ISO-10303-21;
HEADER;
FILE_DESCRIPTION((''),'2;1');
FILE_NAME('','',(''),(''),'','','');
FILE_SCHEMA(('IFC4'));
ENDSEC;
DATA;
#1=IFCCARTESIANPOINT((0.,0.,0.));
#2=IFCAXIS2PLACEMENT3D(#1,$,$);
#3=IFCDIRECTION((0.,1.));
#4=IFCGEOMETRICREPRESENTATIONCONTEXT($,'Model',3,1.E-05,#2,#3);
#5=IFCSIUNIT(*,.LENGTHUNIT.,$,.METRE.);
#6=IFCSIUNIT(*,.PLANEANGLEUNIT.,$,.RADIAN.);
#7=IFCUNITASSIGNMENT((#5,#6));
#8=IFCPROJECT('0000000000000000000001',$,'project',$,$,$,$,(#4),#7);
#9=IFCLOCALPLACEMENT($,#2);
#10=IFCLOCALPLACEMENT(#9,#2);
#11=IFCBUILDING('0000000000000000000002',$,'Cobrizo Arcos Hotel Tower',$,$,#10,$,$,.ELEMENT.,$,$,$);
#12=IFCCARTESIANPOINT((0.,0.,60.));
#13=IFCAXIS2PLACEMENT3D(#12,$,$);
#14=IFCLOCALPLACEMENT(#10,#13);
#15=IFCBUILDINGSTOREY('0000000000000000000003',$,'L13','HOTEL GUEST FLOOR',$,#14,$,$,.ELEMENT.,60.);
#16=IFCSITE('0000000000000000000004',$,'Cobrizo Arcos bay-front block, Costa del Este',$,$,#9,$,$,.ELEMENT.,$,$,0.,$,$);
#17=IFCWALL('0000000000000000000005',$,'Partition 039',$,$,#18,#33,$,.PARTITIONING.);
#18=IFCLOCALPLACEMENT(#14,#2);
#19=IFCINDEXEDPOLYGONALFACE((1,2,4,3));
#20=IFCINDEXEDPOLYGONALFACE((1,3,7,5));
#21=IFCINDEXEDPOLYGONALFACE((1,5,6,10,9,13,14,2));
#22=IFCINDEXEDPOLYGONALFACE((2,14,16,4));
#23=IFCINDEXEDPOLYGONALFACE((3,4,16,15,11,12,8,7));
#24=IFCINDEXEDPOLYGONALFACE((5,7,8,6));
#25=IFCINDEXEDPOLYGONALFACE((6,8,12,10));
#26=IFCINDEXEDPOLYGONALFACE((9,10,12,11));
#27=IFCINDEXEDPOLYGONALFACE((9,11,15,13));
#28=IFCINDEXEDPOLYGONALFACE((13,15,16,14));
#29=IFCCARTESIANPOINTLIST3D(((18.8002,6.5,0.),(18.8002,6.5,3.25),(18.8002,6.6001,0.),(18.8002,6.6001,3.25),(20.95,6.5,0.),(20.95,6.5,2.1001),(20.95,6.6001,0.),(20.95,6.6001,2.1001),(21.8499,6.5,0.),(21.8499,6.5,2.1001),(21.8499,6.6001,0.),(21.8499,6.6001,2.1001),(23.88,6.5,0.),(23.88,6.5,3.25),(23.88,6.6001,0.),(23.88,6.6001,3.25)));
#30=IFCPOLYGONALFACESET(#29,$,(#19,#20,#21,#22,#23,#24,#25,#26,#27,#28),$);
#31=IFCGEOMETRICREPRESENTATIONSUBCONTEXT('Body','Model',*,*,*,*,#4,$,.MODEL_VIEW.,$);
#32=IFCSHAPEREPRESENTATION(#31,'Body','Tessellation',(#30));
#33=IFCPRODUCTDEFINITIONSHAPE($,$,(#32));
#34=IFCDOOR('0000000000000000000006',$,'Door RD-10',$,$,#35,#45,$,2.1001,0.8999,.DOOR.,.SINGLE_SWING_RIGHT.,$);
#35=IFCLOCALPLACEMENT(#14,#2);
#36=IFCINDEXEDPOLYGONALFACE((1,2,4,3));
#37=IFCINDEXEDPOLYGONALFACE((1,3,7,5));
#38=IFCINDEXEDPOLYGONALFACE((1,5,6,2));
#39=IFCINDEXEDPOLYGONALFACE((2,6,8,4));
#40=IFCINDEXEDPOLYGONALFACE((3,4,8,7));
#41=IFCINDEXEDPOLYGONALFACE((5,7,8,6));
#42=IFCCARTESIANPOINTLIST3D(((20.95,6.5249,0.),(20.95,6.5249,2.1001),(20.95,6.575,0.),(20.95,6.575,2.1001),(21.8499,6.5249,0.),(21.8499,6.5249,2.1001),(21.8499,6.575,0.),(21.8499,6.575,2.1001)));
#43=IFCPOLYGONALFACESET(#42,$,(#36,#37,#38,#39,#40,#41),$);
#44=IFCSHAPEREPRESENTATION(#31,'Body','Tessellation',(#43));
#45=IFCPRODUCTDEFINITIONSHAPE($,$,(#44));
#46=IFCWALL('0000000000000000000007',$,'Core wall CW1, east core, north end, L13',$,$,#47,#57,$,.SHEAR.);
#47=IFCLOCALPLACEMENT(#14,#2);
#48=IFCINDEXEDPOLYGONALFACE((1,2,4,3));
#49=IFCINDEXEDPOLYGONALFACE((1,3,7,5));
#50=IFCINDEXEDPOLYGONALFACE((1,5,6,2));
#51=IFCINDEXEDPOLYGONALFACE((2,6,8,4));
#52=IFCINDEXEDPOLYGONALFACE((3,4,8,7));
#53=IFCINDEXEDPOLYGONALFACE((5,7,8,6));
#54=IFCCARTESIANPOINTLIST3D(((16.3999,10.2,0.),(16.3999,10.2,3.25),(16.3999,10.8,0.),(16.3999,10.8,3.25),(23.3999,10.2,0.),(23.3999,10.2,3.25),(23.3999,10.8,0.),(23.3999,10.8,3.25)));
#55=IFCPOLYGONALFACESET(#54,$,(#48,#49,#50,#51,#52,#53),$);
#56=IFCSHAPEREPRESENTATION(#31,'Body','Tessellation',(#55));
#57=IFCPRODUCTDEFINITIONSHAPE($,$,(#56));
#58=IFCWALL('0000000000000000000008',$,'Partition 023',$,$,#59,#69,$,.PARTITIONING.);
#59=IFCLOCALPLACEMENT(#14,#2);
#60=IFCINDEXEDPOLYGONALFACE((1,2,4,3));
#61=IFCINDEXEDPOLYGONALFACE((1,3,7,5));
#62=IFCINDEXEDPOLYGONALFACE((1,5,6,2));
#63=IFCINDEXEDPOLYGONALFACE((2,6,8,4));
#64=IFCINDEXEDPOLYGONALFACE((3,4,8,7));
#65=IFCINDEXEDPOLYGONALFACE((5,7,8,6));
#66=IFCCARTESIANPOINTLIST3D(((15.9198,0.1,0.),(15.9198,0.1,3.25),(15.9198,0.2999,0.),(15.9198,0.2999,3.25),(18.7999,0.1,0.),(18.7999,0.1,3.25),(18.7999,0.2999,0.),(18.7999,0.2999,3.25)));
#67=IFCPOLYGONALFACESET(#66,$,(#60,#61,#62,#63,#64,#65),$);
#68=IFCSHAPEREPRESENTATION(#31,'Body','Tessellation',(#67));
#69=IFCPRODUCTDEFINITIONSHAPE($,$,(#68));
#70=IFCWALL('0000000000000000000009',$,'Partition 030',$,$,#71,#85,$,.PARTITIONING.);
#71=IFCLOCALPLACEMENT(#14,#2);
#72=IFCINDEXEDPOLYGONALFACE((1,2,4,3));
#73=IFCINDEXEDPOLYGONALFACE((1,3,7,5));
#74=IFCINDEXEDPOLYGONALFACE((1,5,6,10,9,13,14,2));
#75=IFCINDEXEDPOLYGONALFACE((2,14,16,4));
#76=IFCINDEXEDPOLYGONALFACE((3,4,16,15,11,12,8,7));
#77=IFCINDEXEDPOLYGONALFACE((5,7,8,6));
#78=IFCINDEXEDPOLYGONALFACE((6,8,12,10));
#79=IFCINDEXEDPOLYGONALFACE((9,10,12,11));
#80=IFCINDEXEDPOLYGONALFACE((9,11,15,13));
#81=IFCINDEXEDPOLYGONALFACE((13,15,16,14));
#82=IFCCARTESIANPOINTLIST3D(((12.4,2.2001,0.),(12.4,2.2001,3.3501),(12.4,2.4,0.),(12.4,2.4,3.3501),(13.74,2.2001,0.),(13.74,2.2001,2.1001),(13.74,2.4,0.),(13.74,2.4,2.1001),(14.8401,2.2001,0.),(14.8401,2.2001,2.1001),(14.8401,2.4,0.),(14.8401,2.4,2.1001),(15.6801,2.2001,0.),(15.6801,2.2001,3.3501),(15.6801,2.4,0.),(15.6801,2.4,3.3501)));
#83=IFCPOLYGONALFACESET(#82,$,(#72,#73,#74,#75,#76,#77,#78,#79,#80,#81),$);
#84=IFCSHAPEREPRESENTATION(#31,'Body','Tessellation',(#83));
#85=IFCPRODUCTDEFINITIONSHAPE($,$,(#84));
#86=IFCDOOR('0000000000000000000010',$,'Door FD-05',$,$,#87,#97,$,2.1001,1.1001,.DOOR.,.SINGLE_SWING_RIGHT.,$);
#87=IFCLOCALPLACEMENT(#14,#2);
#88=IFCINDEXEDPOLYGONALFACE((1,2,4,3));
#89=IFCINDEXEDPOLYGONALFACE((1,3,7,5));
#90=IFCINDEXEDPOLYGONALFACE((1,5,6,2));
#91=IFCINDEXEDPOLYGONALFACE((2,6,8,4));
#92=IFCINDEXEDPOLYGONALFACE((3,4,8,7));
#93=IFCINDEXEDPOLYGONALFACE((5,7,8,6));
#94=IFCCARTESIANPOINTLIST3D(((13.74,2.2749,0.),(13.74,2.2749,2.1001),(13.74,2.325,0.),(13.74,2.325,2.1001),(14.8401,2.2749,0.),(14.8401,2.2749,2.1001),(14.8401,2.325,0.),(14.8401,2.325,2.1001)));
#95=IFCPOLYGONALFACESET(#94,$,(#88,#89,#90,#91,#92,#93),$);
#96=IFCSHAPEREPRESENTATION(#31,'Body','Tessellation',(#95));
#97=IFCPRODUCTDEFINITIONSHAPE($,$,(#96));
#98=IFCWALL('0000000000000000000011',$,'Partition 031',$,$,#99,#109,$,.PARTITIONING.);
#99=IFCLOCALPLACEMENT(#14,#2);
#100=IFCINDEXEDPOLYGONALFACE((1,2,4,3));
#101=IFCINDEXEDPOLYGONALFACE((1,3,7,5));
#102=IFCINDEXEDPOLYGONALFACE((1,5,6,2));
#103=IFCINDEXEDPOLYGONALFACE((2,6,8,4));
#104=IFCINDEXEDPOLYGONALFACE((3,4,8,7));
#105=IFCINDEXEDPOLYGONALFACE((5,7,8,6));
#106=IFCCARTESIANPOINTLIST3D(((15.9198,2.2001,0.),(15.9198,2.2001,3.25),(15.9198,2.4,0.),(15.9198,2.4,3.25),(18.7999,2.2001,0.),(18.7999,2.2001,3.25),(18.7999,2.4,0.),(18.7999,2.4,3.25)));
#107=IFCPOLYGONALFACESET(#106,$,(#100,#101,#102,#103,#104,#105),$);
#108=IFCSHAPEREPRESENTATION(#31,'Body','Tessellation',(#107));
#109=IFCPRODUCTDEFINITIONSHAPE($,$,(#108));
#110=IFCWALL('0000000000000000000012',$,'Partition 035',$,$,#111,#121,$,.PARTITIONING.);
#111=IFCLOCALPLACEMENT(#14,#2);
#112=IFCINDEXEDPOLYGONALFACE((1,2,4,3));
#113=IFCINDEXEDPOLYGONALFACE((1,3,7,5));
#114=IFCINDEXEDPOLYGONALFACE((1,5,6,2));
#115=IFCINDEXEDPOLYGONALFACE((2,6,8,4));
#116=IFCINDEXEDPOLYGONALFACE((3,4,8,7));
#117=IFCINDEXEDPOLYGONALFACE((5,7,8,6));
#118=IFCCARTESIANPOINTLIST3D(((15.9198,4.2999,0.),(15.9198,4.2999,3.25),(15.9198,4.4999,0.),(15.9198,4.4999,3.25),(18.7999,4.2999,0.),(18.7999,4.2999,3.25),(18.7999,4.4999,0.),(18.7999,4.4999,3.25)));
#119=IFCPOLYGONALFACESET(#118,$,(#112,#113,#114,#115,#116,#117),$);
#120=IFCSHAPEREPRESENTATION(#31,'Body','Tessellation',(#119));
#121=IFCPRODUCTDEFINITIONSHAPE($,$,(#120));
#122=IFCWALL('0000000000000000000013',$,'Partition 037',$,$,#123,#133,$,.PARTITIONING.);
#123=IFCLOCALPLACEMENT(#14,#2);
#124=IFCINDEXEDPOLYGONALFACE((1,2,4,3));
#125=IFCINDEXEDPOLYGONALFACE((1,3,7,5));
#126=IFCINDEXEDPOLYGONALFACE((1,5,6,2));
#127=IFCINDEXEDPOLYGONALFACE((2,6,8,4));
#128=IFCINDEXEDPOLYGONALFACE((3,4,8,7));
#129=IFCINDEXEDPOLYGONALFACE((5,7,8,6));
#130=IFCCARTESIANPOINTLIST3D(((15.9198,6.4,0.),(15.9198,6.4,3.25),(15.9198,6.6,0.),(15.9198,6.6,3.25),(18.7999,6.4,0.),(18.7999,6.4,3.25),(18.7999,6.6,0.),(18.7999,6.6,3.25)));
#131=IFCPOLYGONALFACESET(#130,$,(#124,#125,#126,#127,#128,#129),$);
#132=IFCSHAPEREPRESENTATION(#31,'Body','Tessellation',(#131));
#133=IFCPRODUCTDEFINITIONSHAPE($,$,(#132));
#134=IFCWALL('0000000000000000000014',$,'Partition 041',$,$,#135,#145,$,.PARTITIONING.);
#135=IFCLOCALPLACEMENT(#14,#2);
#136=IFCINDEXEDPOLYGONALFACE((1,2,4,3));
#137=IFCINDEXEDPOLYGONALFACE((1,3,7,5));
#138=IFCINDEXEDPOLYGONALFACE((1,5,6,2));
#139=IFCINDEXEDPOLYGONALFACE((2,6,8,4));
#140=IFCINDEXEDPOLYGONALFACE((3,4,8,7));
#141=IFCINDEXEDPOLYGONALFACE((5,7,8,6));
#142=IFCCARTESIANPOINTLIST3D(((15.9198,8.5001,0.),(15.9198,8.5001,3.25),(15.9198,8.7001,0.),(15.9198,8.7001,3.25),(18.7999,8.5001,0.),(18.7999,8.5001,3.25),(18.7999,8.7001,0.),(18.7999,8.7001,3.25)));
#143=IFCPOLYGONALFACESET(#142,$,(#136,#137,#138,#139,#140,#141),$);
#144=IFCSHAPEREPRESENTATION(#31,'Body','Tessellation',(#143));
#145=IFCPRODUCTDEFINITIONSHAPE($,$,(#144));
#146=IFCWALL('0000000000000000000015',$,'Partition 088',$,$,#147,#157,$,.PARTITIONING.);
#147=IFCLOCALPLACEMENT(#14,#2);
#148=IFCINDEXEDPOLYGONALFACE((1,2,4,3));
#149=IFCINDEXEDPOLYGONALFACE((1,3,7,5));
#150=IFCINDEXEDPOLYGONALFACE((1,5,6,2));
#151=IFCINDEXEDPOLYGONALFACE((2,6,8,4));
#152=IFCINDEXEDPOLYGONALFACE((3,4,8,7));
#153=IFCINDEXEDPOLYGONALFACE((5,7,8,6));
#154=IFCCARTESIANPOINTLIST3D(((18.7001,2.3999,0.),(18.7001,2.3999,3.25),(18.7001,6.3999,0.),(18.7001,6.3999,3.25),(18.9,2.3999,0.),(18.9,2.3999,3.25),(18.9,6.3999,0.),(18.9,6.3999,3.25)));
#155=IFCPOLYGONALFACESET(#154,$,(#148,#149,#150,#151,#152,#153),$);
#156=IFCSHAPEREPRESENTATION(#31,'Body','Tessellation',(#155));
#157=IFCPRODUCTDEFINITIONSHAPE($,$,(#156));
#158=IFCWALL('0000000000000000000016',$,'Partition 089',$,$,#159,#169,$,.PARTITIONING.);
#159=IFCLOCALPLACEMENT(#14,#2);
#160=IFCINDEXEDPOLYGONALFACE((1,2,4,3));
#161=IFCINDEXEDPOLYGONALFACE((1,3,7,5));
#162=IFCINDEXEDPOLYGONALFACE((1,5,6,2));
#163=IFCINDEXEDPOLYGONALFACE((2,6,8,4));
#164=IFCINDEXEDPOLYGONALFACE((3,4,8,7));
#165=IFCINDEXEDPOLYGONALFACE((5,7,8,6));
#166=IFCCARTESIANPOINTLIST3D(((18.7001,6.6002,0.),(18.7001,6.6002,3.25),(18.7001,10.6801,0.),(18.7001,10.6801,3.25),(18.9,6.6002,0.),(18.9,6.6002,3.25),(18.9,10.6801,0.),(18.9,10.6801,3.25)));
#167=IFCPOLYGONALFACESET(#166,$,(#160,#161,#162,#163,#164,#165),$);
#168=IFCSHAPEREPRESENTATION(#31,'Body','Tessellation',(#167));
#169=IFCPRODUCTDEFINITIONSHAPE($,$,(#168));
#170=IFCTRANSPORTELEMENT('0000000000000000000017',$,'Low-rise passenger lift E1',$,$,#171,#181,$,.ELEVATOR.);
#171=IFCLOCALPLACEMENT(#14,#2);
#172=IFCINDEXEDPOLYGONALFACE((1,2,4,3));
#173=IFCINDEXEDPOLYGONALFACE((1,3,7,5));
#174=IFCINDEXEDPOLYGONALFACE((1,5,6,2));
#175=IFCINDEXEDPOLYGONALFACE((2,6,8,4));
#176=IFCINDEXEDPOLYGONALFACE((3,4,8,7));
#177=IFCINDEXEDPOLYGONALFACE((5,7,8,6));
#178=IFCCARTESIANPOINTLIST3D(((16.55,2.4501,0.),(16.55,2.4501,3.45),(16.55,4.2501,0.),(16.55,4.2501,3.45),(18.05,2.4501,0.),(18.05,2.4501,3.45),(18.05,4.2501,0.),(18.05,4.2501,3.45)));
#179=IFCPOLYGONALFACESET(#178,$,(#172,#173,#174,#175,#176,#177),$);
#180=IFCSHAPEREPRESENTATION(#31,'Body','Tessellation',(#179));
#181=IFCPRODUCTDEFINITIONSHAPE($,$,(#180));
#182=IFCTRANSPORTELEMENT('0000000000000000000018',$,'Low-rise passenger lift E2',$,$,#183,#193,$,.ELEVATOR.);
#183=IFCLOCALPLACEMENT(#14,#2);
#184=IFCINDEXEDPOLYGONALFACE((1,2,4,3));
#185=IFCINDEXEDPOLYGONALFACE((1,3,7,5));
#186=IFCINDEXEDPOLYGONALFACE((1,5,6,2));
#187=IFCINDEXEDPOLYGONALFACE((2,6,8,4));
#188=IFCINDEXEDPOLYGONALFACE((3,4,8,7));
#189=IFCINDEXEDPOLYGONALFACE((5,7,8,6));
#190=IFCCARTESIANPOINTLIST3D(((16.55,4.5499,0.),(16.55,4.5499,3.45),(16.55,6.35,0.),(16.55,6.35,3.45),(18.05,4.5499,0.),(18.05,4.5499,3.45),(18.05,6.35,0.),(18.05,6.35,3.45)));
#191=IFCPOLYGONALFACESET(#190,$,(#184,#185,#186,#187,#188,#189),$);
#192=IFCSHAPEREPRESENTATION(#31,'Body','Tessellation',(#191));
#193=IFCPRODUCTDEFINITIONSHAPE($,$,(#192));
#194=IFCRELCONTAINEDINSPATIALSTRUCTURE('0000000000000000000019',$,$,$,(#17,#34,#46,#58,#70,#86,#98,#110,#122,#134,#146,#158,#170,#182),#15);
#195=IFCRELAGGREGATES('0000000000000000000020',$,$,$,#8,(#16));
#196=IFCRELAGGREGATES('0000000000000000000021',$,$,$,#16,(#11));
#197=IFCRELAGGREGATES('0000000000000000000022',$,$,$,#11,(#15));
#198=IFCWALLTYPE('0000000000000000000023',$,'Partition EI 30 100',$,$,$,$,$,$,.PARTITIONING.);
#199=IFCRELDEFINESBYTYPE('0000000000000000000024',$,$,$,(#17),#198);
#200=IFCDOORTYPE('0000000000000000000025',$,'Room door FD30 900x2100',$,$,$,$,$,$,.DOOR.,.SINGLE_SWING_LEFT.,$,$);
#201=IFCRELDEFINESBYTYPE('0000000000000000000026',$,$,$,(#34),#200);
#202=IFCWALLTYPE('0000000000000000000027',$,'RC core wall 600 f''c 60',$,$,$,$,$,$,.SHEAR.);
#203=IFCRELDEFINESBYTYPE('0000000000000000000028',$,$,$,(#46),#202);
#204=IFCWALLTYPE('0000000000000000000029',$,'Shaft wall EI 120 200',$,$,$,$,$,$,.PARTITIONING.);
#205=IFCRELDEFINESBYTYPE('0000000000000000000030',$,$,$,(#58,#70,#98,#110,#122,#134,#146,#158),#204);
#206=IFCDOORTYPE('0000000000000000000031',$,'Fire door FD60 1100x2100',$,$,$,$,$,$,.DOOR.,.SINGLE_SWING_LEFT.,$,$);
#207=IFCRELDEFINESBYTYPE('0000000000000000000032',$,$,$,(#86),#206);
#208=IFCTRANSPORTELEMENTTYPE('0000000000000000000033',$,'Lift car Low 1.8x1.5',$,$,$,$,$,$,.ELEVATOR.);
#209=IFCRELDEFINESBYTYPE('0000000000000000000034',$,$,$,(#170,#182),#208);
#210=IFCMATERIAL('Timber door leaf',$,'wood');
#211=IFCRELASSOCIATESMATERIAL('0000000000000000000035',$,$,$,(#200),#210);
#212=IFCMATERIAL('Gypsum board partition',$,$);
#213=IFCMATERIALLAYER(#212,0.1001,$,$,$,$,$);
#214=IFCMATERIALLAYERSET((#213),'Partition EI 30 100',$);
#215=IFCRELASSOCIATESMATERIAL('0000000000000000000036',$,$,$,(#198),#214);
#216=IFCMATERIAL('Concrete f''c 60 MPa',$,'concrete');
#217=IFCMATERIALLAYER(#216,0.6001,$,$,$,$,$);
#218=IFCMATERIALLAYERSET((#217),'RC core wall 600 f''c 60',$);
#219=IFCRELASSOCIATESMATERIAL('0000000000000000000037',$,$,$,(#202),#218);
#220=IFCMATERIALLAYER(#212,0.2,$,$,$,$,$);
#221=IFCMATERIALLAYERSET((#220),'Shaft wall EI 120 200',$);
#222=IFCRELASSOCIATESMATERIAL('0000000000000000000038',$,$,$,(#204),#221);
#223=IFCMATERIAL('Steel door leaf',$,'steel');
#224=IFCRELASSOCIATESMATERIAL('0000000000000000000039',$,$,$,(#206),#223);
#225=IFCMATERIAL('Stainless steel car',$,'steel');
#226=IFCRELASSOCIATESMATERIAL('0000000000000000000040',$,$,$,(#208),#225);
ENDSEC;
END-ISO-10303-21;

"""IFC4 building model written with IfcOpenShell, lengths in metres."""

from ifc_helpers import new_model, si_unit, direction, frame, frame_2d, origin, origin_2d, place, context, subcontext, project, spatial, rectangle, extrude, material, layer, layer_set, type_object, element, fill, save


model = new_model("IFC4")

# Units and contexts
model_context = context("Model", 3, precision=1e-05, world=origin(), true_north=direction((0.0, 1.0)))
body_context = subcontext(model_context, "Body", "Model", "MODEL_VIEW")
ifc_project = project(units=[si_unit("LENGTHUNIT", "METRE"), si_unit("PLANEANGLEUNIT", "RADIAN")], contexts=[model_context])

# Site, building, storey
site_placement = place(None, origin())
site = spatial("IfcSite", under=ifc_project, at=site_placement, Name="Cobrizo Arcos bay-front block, Costa del Este", CompositionType="ELEMENT", RefElevation=0.0)
building_placement = place(site_placement, origin())
building = spatial("IfcBuilding", under=site, at=building_placement, Name="Cobrizo Arcos Hotel Tower", CompositionType="ELEMENT")
storey_placement = place(building_placement, frame((0.0, 0.0, 60.0)))
storey = spatial("IfcBuildingStorey", under=building, at=storey_placement, Name="L13", Description="HOTEL GUEST FLOOR", CompositionType="ELEMENT", Elevation=60.0)

# Shared definitions
ifc_material_1 = material(Name="Gypsum board partition")
ifc_material_2 = material(Name="Timber door leaf", Category="wood")
door_type_1 = type_object("IfcDoorType", Name="Room door FD30 900x2100", OperationType="SINGLE_SWING_LEFT", PredefinedType="DOOR", material=ifc_material_2)

# Wall, opening, door
ifc_layer_1 = layer(ifc_material_1, 0.1001)
ifc_layer_set_1 = layer_set([ifc_layer_1], Name="Partition EI 30 100")
wall_type_1 = type_object("IfcWallType", Name="Partition EI 30 100", PredefinedType="PARTITIONING", material=ifc_layer_set_1)
wall_1_placement = place(storey_placement, frame((18.8, 6.55, 0.0), z_axis=(0.0, 0.0, 1.0), x_axis=(1.0, 0.0, 0.0)))
wall_1 = element("IfcWall", 1, at=wall_1_placement, inside=storey, type_object=wall_type_1, Name="Partition 039", PredefinedType="PARTITIONING", context=body_context, shape_type="SweptSolid", body=[
    extrude(rectangle(XDim=5.0798, YDim=0.1001, at=frame_2d((2.54, 0.0))), origin(), (0.0, 0.0, 1.0), 3.25),
])
opening_1_placement = place(wall_1_placement, frame((2.1499, 0.0, 0.0)))
opening_1 = element("IfcOpeningElement", 2, at=opening_1_placement, cuts=wall_1, PredefinedType="OPENING", context=body_context, shape_type="SweptSolid", body=[
    extrude(rectangle(XDim=0.8999, YDim=2.1001, at=frame_2d((0.45, 1.05))), frame((0.0, 0.062, 0.0), z_axis=(0.0, -1.0, 0.0), x_axis=(1.0, 0.0, 0.0)), (0.0, 0.0, 1.0), 0.124),
])
door_1_placement = place(opening_1_placement, origin())
door_1 = element("IfcDoor", 3, at=door_1_placement, inside=storey, type_object=door_type_1, Name="Door RD-10", OperationType="SINGLE_SWING_RIGHT", OverallHeight=2.1001, OverallWidth=0.8999, PredefinedType="DOOR", context=body_context, shape_type="SweptSolid", body=[
    extrude(rectangle(XDim=0.8999, YDim=2.1001, at=frame_2d((0.45, 1.05))), frame((0.0, 0.0249, 0.0), z_axis=(0.0, -1.0, 0.0), x_axis=(1.0, 0.0, 0.0)), (0.0, 0.0, 1.0), 0.05),
])
fill(opening_1, door_1)

# Walls
ifc_material_3 = material(Name="Concrete f'c 60 MPa", Category="concrete")
ifc_layer_2 = layer(ifc_material_3, 0.6001)
ifc_layer_set_2 = layer_set([ifc_layer_2], Name="RC core wall 600 f'c 60")
wall_type_2 = type_object("IfcWallType", Name="RC core wall 600 f'c 60", PredefinedType="SHEAR", material=ifc_layer_set_2)
wall_2_placement = place(storey_placement, frame((16.3999, 10.5, 0.0), z_axis=(0.0, 0.0, 1.0), x_axis=(1.0, 0.0, 0.0)))
element("IfcWall", 4, at=wall_2_placement, inside=storey, type_object=wall_type_2, Name="Core wall CW1, east core, north end, L13", PredefinedType="SHEAR", context=body_context, shape_type="SweptSolid", body=[
    extrude(rectangle(XDim=7.0, YDim=0.6001, at=frame_2d((3.5, 0.0))), origin(), (0.0, 0.0, 1.0), 3.25),
])
ifc_layer_3 = layer(ifc_material_1, 0.2)
ifc_layer_set_3 = layer_set([ifc_layer_3], Name="Shaft wall EI 120 200")
wall_type_3 = type_object("IfcWallType", Name="Shaft wall EI 120 200", PredefinedType="PARTITIONING", material=ifc_layer_set_3)
wall_3_placement = place(storey_placement, frame((15.9199, 0.2, 0.0), z_axis=(0.0, 0.0, 1.0), x_axis=(1.0, 0.0, 0.0)))
element("IfcWall", 5, at=wall_3_placement, inside=storey, type_object=wall_type_3, Name="Partition 023", PredefinedType="PARTITIONING", context=body_context, shape_type="SweptSolid", body=[
    extrude(rectangle(XDim=2.8801, YDim=0.2, at=frame_2d((1.4399, 0.0))), origin(), (0.0, 0.0, 1.0), 3.25),
])

# Wall, opening, door
wall_4_placement = place(storey_placement, frame((12.3999, 2.3, 0.0), z_axis=(0.0, 0.0, 1.0), x_axis=(1.0, 0.0, 0.0)))
wall_4 = element("IfcWall", 6, at=wall_4_placement, inside=storey, type_object=wall_type_3, Name="Partition 030", PredefinedType="PARTITIONING", context=body_context, shape_type="SweptSolid", body=[
    extrude(rectangle(XDim=3.28, YDim=0.2, at=frame_2d((1.6401, 0.0))), origin(), (0.0, 0.0, 1.0), 3.3501),
])
opening_2_placement = place(wall_4_placement, frame((1.3401, 0.0, 0.0)))
opening_2 = element("IfcOpeningElement", 7, at=opening_2_placement, cuts=wall_4, PredefinedType="OPENING", context=body_context, shape_type="SweptSolid", body=[
    extrude(rectangle(XDim=1.1001, YDim=2.1001, at=frame_2d((0.55, 1.05))), frame((0.0, 0.1121, 0.0), z_axis=(0.0, -1.0, 0.0), x_axis=(1.0, 0.0, 0.0)), (0.0, 0.0, 1.0), 0.2239),
])
ifc_material_4 = material(Name="Steel door leaf", Category="steel")
door_type_2 = type_object("IfcDoorType", Name="Fire door FD60 1100x2100", OperationType="SINGLE_SWING_LEFT", PredefinedType="DOOR", material=ifc_material_4)
door_2_placement = place(opening_2_placement, origin())
door_2 = element("IfcDoor", 8, at=door_2_placement, inside=storey, type_object=door_type_2, Name="Door FD-05", OperationType="SINGLE_SWING_RIGHT", OverallHeight=2.1001, OverallWidth=1.1001, PredefinedType="DOOR", context=body_context, shape_type="SweptSolid", body=[
    extrude(rectangle(XDim=1.1001, YDim=2.1001, at=frame_2d((0.55, 1.05))), frame((0.0, 0.0249, 0.0), z_axis=(0.0, -1.0, 0.0), x_axis=(1.0, 0.0, 0.0)), (0.0, 0.0, 1.0), 0.05),
])
fill(opening_2, door_2)

# Walls
for number, where, z_axis, x_axis, name in (
    (9, (15.9199, 2.3, 0.0), (0.0, 0.0, 1.0), (1.0, 0.0, 0.0), "Partition 031"),
    (10, (15.9199, 4.3999, 0.0), (0.0, 0.0, 1.0), (1.0, 0.0, 0.0), "Partition 035"),
    (11, (15.9199, 6.5, 0.0), (0.0, 0.0, 1.0), (1.0, 0.0, 0.0), "Partition 037"),
    (12, (15.9199, 8.6001, 0.0), (0.0, 0.0, 1.0), (1.0, 0.0, 0.0), "Partition 041"),
):
    element("IfcWall", number, at=place(storey_placement, frame(where, z_axis=z_axis, x_axis=x_axis)), inside=storey, type_object=wall_type_3, Name=name, PredefinedType="PARTITIONING", context=body_context, shape_type="SweptSolid", body=[
        extrude(rectangle(XDim=2.8801, YDim=0.2, at=frame_2d((1.4399, 0.0))), origin(), (0.0, 0.0, 1.0), 3.25),
    ])
wall_5_placement = place(storey_placement, frame((18.8, 2.3999, 0.0), z_axis=(0.0, 0.0, 1.0), x_axis=(0.0, 1.0, 0.0)))
element("IfcWall", 13, at=wall_5_placement, inside=storey, type_object=wall_type_3, Name="Partition 088", PredefinedType="PARTITIONING", context=body_context, shape_type="SweptSolid", body=[
    extrude(rectangle(XDim=4.0, YDim=0.2, at=frame_2d((2.0, 0.0))), origin(), (0.0, 0.0, 1.0), 3.25),
])
wall_6_placement = place(storey_placement, frame((18.8, 6.6001, 0.0), z_axis=(0.0, 0.0, 1.0), x_axis=(0.0, 1.0, 0.0)))
element("IfcWall", 14, at=wall_6_placement, inside=storey, type_object=wall_type_3, Name="Partition 089", PredefinedType="PARTITIONING", context=body_context, shape_type="SweptSolid", body=[
    extrude(rectangle(XDim=4.0798, YDim=0.2, at=frame_2d((2.04, 0.0))), origin(), (0.0, 0.0, 1.0), 3.25),
])

# Transport elements
ifc_material_5 = material(Name="Stainless steel car", Category="steel")
transport_element_type = type_object("IfcTransportElementType", Name="Lift car Low 1.8x1.5", PredefinedType="ELEVATOR", material=ifc_material_5)
for number, where, z_axis, x_axis, name in (
    (15, (17.3, 3.3501, 0.0), (0.0, 0.0, 1.0), (1.0, 0.0, 0.0), "Low-rise passenger lift E1"),
    (16, (17.3, 5.45, 0.0), (0.0, 0.0, 1.0), (1.0, 0.0, 0.0), "Low-rise passenger lift E2"),
):
    element("IfcTransportElement", number, at=place(storey_placement, frame(where, z_axis=z_axis, x_axis=x_axis)), inside=storey, type_object=transport_element_type, Name=name, PredefinedType="ELEVATOR", context=body_context, shape_type="SweptSolid", body=[
        extrude(rectangle(XDim=1.5, YDim=1.8, at=origin_2d()), origin(), (0.0, 0.0, 1.0), 3.45),
    ])

save(model, "model.ifc")
